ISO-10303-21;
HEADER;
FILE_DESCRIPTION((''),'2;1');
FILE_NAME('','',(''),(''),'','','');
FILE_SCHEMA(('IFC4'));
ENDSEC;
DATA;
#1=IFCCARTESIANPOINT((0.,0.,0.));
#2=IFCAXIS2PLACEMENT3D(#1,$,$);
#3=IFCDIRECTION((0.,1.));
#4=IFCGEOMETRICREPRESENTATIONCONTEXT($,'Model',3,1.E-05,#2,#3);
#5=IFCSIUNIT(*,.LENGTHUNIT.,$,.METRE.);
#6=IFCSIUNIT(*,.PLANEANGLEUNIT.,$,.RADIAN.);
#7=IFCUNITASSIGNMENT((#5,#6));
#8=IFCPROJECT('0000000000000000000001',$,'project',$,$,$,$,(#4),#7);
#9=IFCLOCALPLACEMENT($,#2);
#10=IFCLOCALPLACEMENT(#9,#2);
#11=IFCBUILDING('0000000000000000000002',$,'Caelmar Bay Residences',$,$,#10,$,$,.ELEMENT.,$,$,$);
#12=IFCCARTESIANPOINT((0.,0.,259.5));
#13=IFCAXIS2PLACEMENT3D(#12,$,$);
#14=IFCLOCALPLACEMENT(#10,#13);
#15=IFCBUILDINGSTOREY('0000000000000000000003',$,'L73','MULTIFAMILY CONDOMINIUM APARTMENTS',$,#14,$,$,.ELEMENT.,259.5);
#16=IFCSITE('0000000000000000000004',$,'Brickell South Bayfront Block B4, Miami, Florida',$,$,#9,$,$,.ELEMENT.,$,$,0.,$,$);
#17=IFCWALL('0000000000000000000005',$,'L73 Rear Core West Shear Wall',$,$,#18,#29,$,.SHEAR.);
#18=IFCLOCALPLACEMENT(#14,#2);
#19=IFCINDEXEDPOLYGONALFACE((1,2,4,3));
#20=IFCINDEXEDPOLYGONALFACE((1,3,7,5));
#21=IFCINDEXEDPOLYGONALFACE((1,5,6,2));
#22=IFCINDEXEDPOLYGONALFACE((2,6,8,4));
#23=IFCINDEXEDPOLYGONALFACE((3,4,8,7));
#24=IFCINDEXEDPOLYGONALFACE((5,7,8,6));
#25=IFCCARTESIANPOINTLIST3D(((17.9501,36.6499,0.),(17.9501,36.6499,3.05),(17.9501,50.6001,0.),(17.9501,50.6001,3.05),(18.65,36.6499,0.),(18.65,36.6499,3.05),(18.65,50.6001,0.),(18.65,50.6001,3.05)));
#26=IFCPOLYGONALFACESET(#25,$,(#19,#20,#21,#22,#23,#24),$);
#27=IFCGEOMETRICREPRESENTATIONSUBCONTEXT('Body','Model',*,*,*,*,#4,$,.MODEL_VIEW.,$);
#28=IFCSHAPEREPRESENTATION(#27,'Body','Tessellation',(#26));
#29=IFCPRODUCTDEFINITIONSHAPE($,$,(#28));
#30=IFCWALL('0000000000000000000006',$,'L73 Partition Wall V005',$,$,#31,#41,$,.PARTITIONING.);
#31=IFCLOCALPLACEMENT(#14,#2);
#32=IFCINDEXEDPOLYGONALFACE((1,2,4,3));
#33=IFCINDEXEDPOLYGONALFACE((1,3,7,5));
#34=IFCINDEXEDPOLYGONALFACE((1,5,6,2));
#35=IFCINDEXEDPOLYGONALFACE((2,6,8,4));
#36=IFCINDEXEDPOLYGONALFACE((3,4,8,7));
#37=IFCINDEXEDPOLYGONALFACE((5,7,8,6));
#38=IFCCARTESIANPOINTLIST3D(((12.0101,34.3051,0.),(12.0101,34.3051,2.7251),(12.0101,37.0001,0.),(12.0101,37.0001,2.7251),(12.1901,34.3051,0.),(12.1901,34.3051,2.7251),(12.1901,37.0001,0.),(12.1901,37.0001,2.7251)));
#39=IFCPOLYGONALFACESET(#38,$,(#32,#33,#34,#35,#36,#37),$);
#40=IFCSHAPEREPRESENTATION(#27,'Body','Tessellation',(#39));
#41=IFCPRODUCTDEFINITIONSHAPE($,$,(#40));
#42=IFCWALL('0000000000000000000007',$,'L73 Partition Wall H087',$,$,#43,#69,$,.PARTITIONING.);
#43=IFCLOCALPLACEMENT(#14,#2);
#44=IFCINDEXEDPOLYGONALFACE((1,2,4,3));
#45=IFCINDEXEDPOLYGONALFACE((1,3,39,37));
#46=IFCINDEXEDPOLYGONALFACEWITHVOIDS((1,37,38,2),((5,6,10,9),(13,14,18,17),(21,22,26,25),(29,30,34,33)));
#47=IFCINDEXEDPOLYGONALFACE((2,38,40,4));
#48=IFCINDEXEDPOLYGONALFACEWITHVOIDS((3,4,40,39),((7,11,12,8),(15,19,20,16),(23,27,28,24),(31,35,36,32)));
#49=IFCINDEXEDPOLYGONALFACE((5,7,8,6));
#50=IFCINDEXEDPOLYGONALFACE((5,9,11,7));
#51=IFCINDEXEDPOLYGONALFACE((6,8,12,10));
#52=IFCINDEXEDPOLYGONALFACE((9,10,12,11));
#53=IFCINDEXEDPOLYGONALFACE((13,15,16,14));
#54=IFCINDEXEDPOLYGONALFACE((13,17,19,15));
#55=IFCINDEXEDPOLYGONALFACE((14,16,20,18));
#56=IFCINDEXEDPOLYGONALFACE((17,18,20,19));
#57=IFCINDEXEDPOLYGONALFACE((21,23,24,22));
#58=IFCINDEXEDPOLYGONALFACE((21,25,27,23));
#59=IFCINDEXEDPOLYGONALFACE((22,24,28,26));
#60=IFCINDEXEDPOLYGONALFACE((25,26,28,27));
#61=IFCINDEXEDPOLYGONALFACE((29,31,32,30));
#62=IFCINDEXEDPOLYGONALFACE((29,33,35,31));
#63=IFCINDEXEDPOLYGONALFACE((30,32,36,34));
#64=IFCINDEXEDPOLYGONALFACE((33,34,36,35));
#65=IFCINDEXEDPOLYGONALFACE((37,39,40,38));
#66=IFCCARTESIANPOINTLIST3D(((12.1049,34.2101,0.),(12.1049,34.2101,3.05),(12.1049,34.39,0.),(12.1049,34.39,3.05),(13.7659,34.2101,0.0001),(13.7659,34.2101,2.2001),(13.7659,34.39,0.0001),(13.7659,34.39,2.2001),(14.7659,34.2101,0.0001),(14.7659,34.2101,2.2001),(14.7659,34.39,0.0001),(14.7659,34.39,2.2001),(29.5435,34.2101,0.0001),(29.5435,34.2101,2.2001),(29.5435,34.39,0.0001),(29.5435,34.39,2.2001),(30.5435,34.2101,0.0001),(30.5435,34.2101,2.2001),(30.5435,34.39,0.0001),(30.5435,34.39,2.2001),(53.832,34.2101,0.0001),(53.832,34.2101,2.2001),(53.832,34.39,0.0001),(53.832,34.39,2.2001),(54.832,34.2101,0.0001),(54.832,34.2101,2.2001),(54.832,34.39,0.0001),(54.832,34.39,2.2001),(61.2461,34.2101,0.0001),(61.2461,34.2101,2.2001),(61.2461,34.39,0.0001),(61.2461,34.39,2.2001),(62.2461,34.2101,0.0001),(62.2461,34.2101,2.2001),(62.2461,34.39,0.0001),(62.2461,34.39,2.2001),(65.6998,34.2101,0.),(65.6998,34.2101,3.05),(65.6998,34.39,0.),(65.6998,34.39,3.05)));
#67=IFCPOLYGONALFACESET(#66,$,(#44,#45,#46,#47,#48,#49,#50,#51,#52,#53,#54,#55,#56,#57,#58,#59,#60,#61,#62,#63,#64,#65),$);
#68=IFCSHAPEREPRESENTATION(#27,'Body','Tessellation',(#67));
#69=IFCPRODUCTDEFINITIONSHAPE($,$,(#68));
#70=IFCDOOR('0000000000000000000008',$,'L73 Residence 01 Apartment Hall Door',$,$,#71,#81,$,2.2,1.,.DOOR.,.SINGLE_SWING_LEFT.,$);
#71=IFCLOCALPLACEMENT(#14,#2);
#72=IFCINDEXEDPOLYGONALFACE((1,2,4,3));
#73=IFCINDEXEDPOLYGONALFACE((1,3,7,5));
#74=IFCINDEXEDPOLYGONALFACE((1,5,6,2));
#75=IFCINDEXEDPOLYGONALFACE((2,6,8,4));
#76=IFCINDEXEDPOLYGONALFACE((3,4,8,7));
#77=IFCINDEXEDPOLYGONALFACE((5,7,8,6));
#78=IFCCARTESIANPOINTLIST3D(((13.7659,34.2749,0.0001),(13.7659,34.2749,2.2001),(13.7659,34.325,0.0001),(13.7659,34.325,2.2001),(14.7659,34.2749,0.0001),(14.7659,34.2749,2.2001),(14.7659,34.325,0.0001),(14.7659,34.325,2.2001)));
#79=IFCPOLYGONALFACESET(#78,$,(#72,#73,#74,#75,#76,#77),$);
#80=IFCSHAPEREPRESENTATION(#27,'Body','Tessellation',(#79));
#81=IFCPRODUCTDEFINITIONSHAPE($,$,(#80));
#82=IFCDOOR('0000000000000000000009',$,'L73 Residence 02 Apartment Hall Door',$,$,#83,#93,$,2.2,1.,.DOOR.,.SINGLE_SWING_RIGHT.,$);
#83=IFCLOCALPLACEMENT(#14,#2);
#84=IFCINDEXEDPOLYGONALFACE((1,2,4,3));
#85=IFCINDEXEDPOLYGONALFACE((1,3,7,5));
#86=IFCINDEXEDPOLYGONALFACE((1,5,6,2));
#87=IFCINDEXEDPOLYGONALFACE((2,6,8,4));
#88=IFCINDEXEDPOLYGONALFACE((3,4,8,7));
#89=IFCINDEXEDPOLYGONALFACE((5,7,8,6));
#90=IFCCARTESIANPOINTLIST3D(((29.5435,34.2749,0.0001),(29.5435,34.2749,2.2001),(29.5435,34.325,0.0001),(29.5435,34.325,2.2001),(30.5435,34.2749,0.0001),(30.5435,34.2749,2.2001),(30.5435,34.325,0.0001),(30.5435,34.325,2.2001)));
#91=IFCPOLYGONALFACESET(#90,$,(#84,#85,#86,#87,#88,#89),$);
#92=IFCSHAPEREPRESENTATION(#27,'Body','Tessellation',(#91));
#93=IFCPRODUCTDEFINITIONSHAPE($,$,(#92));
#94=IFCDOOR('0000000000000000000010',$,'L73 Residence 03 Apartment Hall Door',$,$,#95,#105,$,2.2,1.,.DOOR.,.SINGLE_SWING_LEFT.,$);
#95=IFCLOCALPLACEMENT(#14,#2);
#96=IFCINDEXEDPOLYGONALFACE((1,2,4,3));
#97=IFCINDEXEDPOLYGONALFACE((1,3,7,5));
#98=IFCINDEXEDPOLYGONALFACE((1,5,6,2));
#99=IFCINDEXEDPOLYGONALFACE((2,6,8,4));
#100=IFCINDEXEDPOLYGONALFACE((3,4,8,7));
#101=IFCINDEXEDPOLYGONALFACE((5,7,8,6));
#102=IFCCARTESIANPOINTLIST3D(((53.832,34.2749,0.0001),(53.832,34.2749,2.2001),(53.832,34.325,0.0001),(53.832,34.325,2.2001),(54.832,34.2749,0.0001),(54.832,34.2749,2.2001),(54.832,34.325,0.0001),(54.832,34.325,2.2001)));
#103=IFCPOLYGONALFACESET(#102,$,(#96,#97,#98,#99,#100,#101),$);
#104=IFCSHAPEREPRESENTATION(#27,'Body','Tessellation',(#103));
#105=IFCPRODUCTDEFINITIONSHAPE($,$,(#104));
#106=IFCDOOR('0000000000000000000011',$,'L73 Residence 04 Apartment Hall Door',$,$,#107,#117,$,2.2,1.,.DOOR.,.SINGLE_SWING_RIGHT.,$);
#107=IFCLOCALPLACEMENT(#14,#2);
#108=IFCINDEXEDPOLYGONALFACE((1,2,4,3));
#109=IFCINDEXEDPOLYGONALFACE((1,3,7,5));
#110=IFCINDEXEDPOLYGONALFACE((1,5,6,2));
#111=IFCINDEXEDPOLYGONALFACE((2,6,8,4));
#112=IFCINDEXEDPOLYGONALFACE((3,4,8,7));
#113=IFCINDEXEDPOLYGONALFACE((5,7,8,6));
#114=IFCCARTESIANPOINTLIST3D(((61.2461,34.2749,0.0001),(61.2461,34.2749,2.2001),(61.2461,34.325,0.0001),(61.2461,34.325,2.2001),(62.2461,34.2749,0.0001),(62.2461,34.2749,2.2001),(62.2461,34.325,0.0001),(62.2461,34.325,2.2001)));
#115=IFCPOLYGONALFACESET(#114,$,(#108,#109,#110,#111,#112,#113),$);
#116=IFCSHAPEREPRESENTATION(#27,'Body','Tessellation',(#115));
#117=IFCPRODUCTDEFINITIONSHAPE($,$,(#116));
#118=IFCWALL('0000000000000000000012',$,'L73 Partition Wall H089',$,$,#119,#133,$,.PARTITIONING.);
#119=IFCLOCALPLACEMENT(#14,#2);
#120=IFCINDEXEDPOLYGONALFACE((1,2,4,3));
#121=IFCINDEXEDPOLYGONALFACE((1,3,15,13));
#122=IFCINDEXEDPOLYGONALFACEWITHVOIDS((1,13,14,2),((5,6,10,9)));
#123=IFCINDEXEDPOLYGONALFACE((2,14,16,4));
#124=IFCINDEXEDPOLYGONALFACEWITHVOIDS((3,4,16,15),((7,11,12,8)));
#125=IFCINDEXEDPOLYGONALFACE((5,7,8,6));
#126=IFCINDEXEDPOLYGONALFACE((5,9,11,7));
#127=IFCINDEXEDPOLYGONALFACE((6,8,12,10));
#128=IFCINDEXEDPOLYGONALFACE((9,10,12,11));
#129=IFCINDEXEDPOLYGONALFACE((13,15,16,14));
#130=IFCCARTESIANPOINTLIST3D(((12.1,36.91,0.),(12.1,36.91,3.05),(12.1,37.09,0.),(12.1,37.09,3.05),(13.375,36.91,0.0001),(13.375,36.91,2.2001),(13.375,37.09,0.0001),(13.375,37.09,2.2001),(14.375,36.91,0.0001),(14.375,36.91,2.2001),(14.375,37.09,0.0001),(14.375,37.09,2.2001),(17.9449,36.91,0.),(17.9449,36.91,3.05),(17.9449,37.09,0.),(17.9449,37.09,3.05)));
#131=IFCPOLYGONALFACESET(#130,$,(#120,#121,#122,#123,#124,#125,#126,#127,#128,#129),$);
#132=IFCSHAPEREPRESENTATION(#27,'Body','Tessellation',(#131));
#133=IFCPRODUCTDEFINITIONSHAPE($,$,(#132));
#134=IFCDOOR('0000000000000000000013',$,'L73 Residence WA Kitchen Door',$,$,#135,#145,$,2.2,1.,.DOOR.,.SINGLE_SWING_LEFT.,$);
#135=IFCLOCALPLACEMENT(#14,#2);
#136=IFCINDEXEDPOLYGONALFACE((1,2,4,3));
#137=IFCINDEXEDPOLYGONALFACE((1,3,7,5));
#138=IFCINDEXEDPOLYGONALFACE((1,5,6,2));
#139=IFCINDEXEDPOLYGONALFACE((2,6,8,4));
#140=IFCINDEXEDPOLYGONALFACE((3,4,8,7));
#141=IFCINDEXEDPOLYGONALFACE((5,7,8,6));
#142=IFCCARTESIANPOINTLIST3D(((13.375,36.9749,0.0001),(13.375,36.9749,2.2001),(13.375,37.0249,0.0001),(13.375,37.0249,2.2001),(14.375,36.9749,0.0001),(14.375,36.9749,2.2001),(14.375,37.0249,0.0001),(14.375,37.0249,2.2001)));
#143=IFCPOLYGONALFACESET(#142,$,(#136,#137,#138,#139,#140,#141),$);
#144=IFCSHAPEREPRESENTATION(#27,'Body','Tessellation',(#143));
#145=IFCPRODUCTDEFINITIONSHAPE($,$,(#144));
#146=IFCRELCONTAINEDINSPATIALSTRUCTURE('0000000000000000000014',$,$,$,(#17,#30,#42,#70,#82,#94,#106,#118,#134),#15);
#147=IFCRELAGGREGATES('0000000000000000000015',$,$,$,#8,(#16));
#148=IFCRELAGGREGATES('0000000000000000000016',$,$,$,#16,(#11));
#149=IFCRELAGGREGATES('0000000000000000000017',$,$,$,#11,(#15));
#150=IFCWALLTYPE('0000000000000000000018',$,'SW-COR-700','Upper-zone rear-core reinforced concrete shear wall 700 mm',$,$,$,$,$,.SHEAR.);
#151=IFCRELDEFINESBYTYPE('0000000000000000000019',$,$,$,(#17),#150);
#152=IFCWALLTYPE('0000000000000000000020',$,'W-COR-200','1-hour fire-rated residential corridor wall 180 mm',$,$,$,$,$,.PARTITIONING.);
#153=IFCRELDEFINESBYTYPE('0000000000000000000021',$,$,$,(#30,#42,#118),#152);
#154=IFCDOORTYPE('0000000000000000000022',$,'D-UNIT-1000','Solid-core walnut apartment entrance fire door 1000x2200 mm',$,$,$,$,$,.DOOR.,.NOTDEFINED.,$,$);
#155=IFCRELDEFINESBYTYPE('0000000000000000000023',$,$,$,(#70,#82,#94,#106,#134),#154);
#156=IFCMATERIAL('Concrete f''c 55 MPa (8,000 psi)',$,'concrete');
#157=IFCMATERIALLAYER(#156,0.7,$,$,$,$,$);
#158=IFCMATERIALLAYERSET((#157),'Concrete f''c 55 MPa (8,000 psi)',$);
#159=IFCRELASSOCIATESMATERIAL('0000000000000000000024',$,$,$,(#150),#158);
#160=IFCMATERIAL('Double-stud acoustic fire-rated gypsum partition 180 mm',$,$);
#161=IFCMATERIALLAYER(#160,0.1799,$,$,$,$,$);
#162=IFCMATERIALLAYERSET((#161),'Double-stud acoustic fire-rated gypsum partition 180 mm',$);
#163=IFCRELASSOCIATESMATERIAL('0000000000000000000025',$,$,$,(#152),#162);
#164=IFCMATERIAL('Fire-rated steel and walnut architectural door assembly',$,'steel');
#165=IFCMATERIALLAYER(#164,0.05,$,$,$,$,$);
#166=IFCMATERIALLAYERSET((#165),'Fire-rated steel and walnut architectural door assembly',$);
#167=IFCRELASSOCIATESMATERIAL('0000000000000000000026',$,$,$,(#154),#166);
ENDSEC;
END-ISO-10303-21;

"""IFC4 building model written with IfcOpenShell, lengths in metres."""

from ifc_helpers import new_model, si_unit, direction, frame, frame_2d, origin, place, context, subcontext, project, spatial, rectangle, extrude, material, layer, layer_set, type_object, element, fill, save


model = new_model("IFC4")

# Units and contexts
model_context = context("Model", 3, precision=1e-05, world=origin(), true_north=direction((0.0, 1.0)))
body_context = subcontext(model_context, "Body", "Model", "MODEL_VIEW")
ifc_project = project(units=[si_unit("LENGTHUNIT", "METRE"), si_unit("PLANEANGLEUNIT", "RADIAN")], contexts=[model_context])

# Site, building, storey
site_placement = place(None, origin())
site = spatial("IfcSite", under=ifc_project, at=site_placement, Name="Brickell South Bayfront Block B4, Miami, Florida", CompositionType="ELEMENT", RefElevation=0.0)
building_placement = place(site_placement, origin())
building = spatial("IfcBuilding", under=site, at=building_placement, Name="Caelmar Bay Residences", CompositionType="ELEMENT")
storey_placement = place(building_placement, frame((0.0, 0.0, 259.5)))
storey = spatial("IfcBuildingStorey", under=building, at=storey_placement, Name="L73", Description="MULTIFAMILY CONDOMINIUM APARTMENTS", CompositionType="ELEMENT", Elevation=259.5)

# Shared definitions
ifc_material_1 = material(Name="Concrete f'c 55 MPa (8,000 psi)", Category="concrete")
ifc_layer_1 = layer(ifc_material_1, 0.7)
ifc_layer_set_1 = layer_set([ifc_layer_1], Name="Concrete f'c 55 MPa (8,000 psi)")
wall_type_1 = type_object("IfcWallType", Name="SW-COR-700", Description="Upper-zone rear-core reinforced concrete shear wall 700 mm", PredefinedType="SHEAR", material=ifc_layer_set_1)
ifc_material_2 = material(Name="Fire-rated steel and walnut architectural door assembly", Category="steel")

# Walls
wall_1_placement = place(storey_placement, frame((18.3, 36.6499, 0.0), z_axis=(0.0, 0.0, 1.0), x_axis=(0.0, 1.0, 0.0)))
element("IfcWall", 1, at=wall_1_placement, inside=storey, type_object=wall_type_1, Name="L73 Rear Core West Shear Wall", PredefinedType="SHEAR", context=body_context, shape_type="SweptSolid", body=[
    extrude(rectangle(XDim=13.9502, YDim=0.7, at=frame_2d((6.9751, 0.0))), origin(), (0.0, 0.0, 1.0), 3.05),
])
ifc_material_3 = material(Name="Double-stud acoustic fire-rated gypsum partition 180 mm")
ifc_layer_2 = layer(ifc_material_3, 0.1799)
ifc_layer_set_2 = layer_set([ifc_layer_2], Name="Double-stud acoustic fire-rated gypsum partition 180 mm")
wall_type_2 = type_object("IfcWallType", Name="W-COR-200", Description="1-hour fire-rated residential corridor wall 180 mm", PredefinedType="PARTITIONING", material=ifc_layer_set_2)
wall_2_placement = place(storey_placement, frame((12.1001, 34.3049, 0.0), z_axis=(0.0, 0.0, 1.0), x_axis=(0.0, 1.0, 0.0)))
element("IfcWall", 2, at=wall_2_placement, inside=storey, type_object=wall_type_2, Name="L73 Partition Wall V005", PredefinedType="PARTITIONING", context=body_context, shape_type="SweptSolid", body=[
    extrude(rectangle(XDim=2.6951, YDim=0.1799, at=frame_2d((1.3477, 0.0))), origin(), (0.0, 0.0, 1.0), 2.7251),
])

# Wall, openings, doors
wall_3_placement = place(storey_placement, frame((12.105, 34.3, 0.0), z_axis=(0.0, 0.0, 1.0), x_axis=(1.0, 0.0, 0.0)))
wall_3 = element("IfcWall", 3, at=wall_3_placement, inside=storey, type_object=wall_type_2, Name="L73 Partition Wall H087", PredefinedType="PARTITIONING", context=body_context, shape_type="SweptSolid", body=[
    extrude(rectangle(XDim=53.595, YDim=0.1799, at=frame_2d((26.7974, 0.0))), origin(), (0.0, 0.0, 1.0), 3.05),
])
opening_1_placement = place(wall_3_placement, frame((1.6609, 0.0, 0.0)))
opening_1 = element("IfcOpeningElement", 4, at=opening_1_placement, cuts=wall_3, PredefinedType="OPENING", context=body_context, shape_type="SweptSolid", body=[
    extrude(rectangle(XDim=1.0, YDim=2.2, at=frame_2d((0.5, 1.1001))), frame((0.0, 0.0999, 0.0), z_axis=(0.0, -1.0, 0.0), x_axis=(1.0, 0.0, 0.0)), (0.0, 0.0, 1.0), 0.2),
])
opening_2_placement = place(wall_3_placement, frame((17.4385, 0.0, 0.0)))
opening_2 = element("IfcOpeningElement", 5, at=opening_2_placement, cuts=wall_3, PredefinedType="OPENING", context=body_context, shape_type="SweptSolid", body=[
    extrude(rectangle(XDim=1.0, YDim=2.2, at=frame_2d((0.5, 1.1001))), frame((0.0, 0.0999, 0.0), z_axis=(0.0, -1.0, 0.0), x_axis=(1.0, 0.0, 0.0)), (0.0, 0.0, 1.0), 0.2),
])
opening_3_placement = place(wall_3_placement, frame((41.7271, 0.0, 0.0)))
opening_3 = element("IfcOpeningElement", 6, at=opening_3_placement, cuts=wall_3, PredefinedType="OPENING", context=body_context, shape_type="SweptSolid", body=[
    extrude(rectangle(XDim=1.0, YDim=2.2, at=frame_2d((0.5, 1.1001))), frame((0.0, 0.0999, 0.0), z_axis=(0.0, -1.0, 0.0), x_axis=(1.0, 0.0, 0.0)), (0.0, 0.0, 1.0), 0.2),
])
opening_4_placement = place(wall_3_placement, frame((49.1411, 0.0, 0.0)))
opening_4 = element("IfcOpeningElement", 7, at=opening_4_placement, cuts=wall_3, PredefinedType="OPENING", context=body_context, shape_type="SweptSolid", body=[
    extrude(rectangle(XDim=1.0, YDim=2.2, at=frame_2d((0.5, 1.1001))), frame((0.0, 0.0999, 0.0), z_axis=(0.0, -1.0, 0.0), x_axis=(1.0, 0.0, 0.0)), (0.0, 0.0, 1.0), 0.2),
])
ifc_layer_3 = layer(ifc_material_2, 0.05)
ifc_layer_set_3 = layer_set([ifc_layer_3], Name="Fire-rated steel and walnut architectural door assembly")
door_type_1 = type_object("IfcDoorType", Name="D-UNIT-1000", Description="Solid-core walnut apartment entrance fire door 1000x2200 mm", OperationType="NOTDEFINED", PredefinedType="DOOR", material=ifc_layer_set_3)
door_1_placement = place(opening_1_placement, origin())
door_1 = element("IfcDoor", 8, at=door_1_placement, inside=storey, type_object=door_type_1, Name="L73 Residence 01 Apartment Hall Door", OperationType="SINGLE_SWING_LEFT", OverallHeight=2.2, OverallWidth=1.0, PredefinedType="DOOR", context=body_context, shape_type="SweptSolid", body=[
    extrude(rectangle(XDim=1.0, YDim=2.2, at=frame_2d((0.5, 1.1001))), frame((0.0, 0.0249, 0.0), z_axis=(0.0, -1.0, 0.0), x_axis=(1.0, 0.0, 0.0)), (0.0, 0.0, 1.0), 0.05),
])
fill(opening_1, door_1)
door_2_placement = place(opening_2_placement, origin())
door_2 = element("IfcDoor", 9, at=door_2_placement, inside=storey, type_object=door_type_1, Name="L73 Residence 02 Apartment Hall Door", OperationType="SINGLE_SWING_RIGHT", OverallHeight=2.2, OverallWidth=1.0, PredefinedType="DOOR", context=body_context, shape_type="SweptSolid", body=[
    extrude(rectangle(XDim=1.0, YDim=2.2, at=frame_2d((0.5, 1.1001))), frame((0.0, 0.0249, 0.0), z_axis=(0.0, -1.0, 0.0), x_axis=(1.0, 0.0, 0.0)), (0.0, 0.0, 1.0), 0.05),
])
fill(opening_2, door_2)
door_3_placement = place(opening_3_placement, origin())
door_3 = element("IfcDoor", 10, at=door_3_placement, inside=storey, type_object=door_type_1, Name="L73 Residence 03 Apartment Hall Door", OperationType="SINGLE_SWING_LEFT", OverallHeight=2.2, OverallWidth=1.0, PredefinedType="DOOR", context=body_context, shape_type="SweptSolid", body=[
    extrude(rectangle(XDim=1.0, YDim=2.2, at=frame_2d((0.5, 1.1001))), frame((0.0, 0.0249, 0.0), z_axis=(0.0, -1.0, 0.0), x_axis=(1.0, 0.0, 0.0)), (0.0, 0.0, 1.0), 0.05),
])
fill(opening_3, door_3)
door_4_placement = place(opening_4_placement, origin())
door_4 = element("IfcDoor", 11, at=door_4_placement, inside=storey, type_object=door_type_1, Name="L73 Residence 04 Apartment Hall Door", OperationType="SINGLE_SWING_RIGHT", OverallHeight=2.2, OverallWidth=1.0, PredefinedType="DOOR", context=body_context, shape_type="SweptSolid", body=[
    extrude(rectangle(XDim=1.0, YDim=2.2, at=frame_2d((0.5, 1.1001))), frame((0.0, 0.0249, 0.0), z_axis=(0.0, -1.0, 0.0), x_axis=(1.0, 0.0, 0.0)), (0.0, 0.0, 1.0), 0.05),
])
fill(opening_4, door_4)

# Wall, opening, door
wall_4_placement = place(storey_placement, frame((12.1001, 37.0, 0.0), z_axis=(0.0, 0.0, 1.0), x_axis=(1.0, 0.0, 0.0)))
wall_4 = element("IfcWall", 12, at=wall_4_placement, inside=storey, type_object=wall_type_2, Name="L73 Partition Wall H089", PredefinedType="PARTITIONING", context=body_context, shape_type="SweptSolid", body=[
    extrude(rectangle(XDim=5.845, YDim=0.1799, at=frame_2d((2.9224, 0.0))), origin(), (0.0, 0.0, 1.0), 3.05),
])
opening_5_placement = place(wall_4_placement, frame((1.2749, 0.0, 0.0)))
opening_5 = element("IfcOpeningElement", 13, at=opening_5_placement, cuts=wall_4, PredefinedType="OPENING", context=body_context, shape_type="SweptSolid", body=[
    extrude(rectangle(XDim=1.0, YDim=2.2, at=frame_2d((0.5, 1.1001))), frame((0.0, 0.0999, 0.0), z_axis=(0.0, -1.0, 0.0), x_axis=(1.0, 0.0, 0.0)), (0.0, 0.0, 1.0), 0.2),
])
door_5_placement = place(opening_5_placement, origin())
door_5 = element("IfcDoor", 14, at=door_5_placement, inside=storey, type_object=door_type_1, Name="L73 Residence WA Kitchen Door", OperationType="SINGLE_SWING_LEFT", OverallHeight=2.2, OverallWidth=1.0, PredefinedType="DOOR", context=body_context, shape_type="SweptSolid", body=[
    extrude(rectangle(XDim=1.0, YDim=2.2, at=frame_2d((0.5, 1.1001))), frame((0.0, 0.0249, 0.0), z_axis=(0.0, -1.0, 0.0), x_axis=(1.0, 0.0, 0.0)), (0.0, 0.0, 1.0), 0.05),
])
fill(opening_5, door_5)

save(model, "model.ifc")
